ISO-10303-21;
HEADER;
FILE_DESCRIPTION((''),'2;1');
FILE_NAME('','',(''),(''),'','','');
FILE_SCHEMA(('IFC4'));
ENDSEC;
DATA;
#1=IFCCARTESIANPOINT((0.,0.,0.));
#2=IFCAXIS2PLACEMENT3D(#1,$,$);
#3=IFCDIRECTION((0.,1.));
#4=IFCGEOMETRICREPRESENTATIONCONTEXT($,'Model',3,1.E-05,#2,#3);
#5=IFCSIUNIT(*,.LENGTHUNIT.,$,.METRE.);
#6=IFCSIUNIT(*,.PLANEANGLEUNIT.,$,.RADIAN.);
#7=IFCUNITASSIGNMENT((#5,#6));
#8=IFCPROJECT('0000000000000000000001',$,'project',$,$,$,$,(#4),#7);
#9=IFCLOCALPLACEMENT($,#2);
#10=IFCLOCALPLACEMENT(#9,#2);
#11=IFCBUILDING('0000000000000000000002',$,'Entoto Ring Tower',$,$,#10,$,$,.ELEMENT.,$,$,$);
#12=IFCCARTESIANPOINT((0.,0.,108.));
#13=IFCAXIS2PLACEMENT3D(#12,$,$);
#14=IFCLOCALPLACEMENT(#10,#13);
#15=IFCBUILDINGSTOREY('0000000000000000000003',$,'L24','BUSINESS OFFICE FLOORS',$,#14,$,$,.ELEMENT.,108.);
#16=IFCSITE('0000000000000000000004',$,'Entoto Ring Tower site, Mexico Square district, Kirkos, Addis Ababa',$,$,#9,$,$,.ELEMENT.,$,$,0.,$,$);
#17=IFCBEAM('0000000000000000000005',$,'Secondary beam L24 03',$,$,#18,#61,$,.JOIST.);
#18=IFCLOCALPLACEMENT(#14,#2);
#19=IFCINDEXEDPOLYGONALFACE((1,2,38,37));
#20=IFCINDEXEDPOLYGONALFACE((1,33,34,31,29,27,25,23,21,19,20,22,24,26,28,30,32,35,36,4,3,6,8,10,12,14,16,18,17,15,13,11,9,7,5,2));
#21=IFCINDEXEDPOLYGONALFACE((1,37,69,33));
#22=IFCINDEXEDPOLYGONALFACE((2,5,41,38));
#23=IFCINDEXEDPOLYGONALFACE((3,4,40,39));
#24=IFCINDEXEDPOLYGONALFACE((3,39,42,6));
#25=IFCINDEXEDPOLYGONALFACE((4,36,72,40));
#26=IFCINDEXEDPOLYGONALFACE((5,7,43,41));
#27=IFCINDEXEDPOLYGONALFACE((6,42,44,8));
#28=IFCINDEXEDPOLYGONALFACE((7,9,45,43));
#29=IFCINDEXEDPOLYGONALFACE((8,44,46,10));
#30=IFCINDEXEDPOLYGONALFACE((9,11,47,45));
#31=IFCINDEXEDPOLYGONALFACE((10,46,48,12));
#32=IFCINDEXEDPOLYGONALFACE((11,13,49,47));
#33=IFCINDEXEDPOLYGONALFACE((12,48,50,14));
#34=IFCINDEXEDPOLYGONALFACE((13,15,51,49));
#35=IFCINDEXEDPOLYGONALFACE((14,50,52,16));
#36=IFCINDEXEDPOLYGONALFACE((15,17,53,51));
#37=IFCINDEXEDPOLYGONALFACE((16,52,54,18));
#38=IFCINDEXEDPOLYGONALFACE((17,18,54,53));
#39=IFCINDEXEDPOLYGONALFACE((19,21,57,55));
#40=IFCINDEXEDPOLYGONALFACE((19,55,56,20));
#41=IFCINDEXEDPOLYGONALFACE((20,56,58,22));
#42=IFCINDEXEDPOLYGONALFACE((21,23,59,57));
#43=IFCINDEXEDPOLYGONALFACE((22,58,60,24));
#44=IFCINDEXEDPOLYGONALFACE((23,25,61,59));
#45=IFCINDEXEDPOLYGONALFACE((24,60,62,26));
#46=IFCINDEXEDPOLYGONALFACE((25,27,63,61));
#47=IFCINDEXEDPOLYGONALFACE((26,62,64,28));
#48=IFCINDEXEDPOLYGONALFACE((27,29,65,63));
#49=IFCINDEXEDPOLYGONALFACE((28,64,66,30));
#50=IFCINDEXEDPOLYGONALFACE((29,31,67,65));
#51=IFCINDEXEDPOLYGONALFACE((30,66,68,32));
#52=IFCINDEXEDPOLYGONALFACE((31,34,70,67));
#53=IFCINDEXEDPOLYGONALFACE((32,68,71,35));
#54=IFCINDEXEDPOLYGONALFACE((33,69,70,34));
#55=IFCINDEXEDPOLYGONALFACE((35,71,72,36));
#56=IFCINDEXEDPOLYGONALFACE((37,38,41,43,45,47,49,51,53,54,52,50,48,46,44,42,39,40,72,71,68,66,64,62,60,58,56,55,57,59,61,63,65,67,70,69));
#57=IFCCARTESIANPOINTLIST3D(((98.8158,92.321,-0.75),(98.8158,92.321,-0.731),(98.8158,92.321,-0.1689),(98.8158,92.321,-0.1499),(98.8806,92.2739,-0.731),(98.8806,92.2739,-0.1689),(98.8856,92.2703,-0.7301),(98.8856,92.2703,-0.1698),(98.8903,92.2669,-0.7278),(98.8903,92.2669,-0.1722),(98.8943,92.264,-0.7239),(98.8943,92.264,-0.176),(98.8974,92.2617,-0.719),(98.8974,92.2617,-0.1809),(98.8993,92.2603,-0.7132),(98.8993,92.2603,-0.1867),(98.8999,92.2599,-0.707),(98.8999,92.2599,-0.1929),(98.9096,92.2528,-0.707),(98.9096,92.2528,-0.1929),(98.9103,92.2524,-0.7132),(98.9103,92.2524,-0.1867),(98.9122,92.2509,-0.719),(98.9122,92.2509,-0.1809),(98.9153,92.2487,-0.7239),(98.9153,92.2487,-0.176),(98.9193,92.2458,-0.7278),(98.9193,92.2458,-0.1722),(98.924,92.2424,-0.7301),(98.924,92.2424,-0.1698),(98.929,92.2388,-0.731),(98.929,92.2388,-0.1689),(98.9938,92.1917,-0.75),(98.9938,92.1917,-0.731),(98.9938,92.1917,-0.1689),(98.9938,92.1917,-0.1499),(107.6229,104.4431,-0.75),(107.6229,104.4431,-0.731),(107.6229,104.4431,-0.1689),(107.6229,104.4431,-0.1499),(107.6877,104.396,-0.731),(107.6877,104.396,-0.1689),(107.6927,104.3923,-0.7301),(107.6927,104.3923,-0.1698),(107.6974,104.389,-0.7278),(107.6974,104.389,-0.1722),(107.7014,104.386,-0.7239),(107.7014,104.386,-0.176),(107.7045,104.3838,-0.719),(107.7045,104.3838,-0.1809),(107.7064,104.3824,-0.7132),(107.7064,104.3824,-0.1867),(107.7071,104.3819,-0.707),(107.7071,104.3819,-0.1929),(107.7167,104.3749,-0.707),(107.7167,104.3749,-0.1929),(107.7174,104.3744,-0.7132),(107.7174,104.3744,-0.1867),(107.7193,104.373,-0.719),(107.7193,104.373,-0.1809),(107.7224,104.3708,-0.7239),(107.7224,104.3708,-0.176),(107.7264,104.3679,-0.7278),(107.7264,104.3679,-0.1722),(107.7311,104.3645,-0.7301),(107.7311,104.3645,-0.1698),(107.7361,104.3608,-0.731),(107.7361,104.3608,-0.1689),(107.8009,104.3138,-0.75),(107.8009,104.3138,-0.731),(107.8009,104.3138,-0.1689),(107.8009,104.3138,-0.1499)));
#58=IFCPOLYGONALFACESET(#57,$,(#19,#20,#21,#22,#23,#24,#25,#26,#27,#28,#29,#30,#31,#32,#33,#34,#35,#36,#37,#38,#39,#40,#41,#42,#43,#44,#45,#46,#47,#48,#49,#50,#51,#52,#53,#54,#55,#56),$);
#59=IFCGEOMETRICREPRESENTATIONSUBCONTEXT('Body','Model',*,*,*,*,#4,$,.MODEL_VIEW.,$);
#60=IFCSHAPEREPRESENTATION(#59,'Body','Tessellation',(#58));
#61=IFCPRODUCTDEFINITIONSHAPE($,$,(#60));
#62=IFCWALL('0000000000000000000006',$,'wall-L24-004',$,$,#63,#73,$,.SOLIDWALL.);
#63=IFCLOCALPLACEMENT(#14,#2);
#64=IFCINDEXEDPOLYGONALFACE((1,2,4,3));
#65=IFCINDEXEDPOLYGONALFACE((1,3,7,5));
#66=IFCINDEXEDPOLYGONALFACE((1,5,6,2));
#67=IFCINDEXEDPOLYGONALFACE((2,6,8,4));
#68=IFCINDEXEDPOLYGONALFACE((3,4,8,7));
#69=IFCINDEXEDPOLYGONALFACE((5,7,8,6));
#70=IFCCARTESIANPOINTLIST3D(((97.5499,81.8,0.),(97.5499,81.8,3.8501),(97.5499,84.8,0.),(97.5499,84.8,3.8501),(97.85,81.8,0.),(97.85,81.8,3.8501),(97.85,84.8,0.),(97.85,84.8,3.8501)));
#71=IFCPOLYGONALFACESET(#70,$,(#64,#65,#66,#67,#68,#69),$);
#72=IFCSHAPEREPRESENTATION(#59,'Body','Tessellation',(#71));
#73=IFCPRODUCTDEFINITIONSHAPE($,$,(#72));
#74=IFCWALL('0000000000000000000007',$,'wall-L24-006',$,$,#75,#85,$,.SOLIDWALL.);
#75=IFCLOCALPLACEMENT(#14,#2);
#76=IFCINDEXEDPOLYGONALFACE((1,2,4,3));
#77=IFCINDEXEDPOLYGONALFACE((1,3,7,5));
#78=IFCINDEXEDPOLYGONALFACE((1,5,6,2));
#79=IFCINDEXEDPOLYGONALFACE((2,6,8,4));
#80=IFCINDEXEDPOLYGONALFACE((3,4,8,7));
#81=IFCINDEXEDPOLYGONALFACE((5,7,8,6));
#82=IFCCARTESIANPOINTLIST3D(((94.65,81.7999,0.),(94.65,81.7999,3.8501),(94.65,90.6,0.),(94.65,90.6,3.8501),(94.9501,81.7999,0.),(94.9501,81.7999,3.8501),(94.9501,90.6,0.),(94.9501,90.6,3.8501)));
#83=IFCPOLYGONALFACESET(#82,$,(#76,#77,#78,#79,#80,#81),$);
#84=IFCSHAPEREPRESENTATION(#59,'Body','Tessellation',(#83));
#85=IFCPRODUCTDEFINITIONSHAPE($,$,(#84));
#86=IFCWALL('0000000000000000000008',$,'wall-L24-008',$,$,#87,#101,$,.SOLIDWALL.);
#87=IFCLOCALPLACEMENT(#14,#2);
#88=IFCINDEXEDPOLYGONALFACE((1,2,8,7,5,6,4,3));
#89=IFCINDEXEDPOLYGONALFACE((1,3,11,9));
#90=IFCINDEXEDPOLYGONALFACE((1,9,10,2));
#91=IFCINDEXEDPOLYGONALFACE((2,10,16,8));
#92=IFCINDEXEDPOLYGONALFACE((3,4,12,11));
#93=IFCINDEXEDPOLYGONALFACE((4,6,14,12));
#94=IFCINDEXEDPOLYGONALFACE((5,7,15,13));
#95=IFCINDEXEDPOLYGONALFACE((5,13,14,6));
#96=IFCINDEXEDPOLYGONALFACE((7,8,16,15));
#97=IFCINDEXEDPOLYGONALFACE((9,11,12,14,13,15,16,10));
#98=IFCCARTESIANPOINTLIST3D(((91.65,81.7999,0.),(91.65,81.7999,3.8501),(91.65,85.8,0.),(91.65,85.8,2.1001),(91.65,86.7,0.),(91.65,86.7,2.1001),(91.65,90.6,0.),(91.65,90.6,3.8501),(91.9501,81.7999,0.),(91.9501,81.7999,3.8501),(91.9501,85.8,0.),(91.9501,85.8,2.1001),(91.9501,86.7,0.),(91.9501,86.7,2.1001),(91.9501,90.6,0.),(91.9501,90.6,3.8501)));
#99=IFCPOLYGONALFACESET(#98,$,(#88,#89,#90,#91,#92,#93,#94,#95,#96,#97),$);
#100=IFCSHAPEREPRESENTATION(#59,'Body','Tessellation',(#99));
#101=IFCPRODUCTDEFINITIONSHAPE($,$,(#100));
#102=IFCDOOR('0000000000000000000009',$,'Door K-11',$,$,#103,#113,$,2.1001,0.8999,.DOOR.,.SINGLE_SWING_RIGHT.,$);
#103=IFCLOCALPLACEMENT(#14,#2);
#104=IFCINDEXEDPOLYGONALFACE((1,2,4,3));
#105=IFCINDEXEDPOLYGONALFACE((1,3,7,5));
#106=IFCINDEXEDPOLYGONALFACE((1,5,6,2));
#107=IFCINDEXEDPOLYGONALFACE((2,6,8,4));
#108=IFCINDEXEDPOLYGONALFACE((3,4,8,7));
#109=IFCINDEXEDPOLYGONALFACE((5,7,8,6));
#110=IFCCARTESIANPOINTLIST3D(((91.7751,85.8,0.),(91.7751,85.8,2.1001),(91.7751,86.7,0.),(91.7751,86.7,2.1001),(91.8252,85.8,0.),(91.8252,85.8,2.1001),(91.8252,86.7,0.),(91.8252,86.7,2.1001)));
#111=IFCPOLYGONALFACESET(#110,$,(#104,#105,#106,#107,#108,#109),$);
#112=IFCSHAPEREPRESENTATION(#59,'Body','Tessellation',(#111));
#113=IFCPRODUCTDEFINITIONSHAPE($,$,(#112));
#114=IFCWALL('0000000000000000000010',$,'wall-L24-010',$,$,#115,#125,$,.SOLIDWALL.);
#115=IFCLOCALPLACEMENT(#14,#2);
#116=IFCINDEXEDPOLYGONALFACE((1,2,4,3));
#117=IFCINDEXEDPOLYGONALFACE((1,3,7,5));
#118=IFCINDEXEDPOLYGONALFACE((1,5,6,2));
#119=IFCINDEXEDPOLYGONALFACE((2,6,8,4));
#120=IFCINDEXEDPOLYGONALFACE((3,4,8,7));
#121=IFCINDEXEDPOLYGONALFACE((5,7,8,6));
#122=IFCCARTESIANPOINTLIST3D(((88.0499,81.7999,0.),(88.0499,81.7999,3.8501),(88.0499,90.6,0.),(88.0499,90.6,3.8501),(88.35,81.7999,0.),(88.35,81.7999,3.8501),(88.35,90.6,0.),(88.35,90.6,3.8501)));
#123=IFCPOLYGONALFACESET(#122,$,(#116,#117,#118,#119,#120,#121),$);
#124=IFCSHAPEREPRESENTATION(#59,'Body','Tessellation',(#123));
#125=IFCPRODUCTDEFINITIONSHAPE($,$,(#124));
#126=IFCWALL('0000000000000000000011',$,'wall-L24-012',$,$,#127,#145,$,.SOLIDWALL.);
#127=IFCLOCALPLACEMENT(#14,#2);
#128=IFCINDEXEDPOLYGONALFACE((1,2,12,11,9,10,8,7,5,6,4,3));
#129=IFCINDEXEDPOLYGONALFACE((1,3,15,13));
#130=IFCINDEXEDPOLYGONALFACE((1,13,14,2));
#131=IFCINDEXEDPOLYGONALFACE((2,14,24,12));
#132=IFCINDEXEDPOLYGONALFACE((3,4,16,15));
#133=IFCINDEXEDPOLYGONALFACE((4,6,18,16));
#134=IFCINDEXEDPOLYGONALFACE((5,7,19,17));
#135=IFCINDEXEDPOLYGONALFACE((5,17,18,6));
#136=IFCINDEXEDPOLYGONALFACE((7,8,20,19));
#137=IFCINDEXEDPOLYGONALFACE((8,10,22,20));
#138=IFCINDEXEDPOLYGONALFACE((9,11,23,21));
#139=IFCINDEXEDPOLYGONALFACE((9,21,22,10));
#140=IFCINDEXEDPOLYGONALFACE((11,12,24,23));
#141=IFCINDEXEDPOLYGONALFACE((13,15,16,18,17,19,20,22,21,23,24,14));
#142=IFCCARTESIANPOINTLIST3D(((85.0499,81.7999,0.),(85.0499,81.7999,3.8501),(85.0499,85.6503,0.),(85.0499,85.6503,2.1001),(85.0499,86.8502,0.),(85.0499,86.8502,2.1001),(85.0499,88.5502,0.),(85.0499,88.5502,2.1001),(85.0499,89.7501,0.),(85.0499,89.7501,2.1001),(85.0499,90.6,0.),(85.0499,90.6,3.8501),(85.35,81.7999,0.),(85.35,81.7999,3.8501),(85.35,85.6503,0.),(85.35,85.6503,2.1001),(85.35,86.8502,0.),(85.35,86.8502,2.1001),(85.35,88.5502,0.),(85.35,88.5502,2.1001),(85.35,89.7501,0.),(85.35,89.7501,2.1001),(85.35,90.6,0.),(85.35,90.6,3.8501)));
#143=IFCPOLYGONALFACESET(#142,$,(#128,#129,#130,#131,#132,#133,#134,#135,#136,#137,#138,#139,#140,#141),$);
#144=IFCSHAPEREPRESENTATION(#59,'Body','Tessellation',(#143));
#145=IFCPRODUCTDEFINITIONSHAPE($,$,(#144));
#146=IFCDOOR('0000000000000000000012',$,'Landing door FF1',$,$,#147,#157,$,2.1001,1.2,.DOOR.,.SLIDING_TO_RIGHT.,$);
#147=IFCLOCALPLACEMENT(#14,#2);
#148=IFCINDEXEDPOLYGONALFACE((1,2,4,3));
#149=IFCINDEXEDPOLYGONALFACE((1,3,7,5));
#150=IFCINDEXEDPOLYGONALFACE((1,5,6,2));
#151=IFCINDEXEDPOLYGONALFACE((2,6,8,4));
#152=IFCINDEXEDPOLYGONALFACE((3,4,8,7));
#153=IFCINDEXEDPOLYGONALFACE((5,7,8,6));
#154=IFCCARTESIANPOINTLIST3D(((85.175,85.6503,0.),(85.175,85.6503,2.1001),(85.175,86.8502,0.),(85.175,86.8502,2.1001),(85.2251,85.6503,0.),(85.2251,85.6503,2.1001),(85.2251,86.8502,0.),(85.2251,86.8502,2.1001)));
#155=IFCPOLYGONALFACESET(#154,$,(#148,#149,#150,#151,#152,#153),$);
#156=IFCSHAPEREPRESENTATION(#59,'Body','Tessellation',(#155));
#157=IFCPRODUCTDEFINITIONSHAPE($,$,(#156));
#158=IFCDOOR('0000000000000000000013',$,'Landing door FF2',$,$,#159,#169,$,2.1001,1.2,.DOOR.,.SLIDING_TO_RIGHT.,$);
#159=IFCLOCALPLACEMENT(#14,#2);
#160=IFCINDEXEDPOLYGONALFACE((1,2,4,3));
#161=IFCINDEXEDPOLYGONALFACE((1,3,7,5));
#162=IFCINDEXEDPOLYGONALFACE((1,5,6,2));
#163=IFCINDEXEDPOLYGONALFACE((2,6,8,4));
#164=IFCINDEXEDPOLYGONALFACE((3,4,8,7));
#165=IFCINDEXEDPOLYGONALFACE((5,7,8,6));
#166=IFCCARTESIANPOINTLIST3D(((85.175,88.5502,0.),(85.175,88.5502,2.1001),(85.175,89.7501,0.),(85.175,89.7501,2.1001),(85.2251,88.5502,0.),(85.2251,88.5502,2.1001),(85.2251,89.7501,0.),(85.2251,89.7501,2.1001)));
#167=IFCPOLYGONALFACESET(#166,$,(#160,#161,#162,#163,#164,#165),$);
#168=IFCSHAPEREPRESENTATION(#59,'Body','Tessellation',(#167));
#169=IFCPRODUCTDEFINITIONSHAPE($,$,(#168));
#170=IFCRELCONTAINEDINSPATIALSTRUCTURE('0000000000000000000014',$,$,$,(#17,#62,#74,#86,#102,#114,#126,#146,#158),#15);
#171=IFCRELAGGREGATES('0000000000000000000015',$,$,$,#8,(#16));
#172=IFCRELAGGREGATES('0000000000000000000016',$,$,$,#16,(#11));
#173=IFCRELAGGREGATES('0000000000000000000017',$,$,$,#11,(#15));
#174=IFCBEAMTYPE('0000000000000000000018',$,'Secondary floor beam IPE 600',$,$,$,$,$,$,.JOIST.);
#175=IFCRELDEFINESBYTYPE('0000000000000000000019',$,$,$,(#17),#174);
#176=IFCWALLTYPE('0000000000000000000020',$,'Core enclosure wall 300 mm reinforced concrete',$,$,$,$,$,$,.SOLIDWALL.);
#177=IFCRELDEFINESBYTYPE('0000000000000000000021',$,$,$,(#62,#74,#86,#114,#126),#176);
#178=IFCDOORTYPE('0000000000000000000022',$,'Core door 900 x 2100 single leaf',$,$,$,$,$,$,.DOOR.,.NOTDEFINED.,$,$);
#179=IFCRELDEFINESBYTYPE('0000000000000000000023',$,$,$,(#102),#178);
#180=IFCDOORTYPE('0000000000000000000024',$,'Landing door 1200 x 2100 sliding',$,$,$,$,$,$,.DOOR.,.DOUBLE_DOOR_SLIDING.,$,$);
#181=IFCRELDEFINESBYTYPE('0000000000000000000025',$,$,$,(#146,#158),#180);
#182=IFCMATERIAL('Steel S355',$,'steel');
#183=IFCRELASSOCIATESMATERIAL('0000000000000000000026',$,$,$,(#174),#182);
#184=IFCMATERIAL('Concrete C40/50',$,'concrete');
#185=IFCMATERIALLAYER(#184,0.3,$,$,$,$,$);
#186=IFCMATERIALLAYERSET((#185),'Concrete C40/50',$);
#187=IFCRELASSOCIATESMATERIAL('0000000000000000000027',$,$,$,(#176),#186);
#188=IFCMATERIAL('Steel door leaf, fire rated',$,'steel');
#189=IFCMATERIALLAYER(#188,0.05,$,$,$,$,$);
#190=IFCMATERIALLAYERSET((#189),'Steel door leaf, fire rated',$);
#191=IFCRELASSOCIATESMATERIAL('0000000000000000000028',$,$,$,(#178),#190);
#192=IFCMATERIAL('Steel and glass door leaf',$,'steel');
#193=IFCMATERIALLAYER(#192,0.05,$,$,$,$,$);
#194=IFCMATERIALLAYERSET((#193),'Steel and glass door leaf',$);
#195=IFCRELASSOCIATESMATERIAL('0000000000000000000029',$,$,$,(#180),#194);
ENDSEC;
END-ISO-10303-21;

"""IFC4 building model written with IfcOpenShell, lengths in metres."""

from ifc_helpers import new_model, si_unit, direction, frame, frame_2d, origin, origin_2d, place, context, subcontext, project, spatial, rectangle, i_section, extrude, material, layer, layer_set, material_profile, profile_set, type_object, element, fill, save


model = new_model("IFC4")

# Units and contexts
model_context = context("Model", 3, precision=1e-05, world=origin(), true_north=direction((0.0, 1.0)))
body_context = subcontext(model_context, "Body", "Model", "MODEL_VIEW")
ifc_project = project(units=[si_unit("LENGTHUNIT", "METRE"), si_unit("PLANEANGLEUNIT", "RADIAN")], contexts=[model_context])

# Site, building, storey
site_placement = place(None, origin())
site = spatial("IfcSite", under=ifc_project, at=site_placement, Name="Entoto Ring Tower site, Mexico Square district, Kirkos, Addis Ababa", CompositionType="ELEMENT", RefElevation=0.0)
building_placement = place(site_placement, origin())
building = spatial("IfcBuilding", under=site, at=building_placement, Name="Entoto Ring Tower", CompositionType="ELEMENT")
storey_placement = place(building_placement, frame((0.0, 0.0, 108.0)))
storey = spatial("IfcBuildingStorey", under=building, at=storey_placement, Name="L24", Description="BUSINESS OFFICE FLOORS", CompositionType="ELEMENT", Elevation=108.0)

# Beam
ifc_material_1 = material(Name="Steel S355", Category="steel")
ifc_material_profile = material_profile(ifc_material_1, i_section(OverallWidth=0.22, OverallDepth=0.6001, WebThickness=0.012, FlangeThickness=0.019, FilletRadius=0.0239, at=origin_2d()), Name="IPE 600")
ifc_profile_set = profile_set([ifc_material_profile], Name="Steel S355")
beam_type = type_object("IfcBeamType", Name="Secondary floor beam IPE 600", PredefinedType="JOIST", material=ifc_profile_set)
beam_placement = place(storey_placement, frame((98.9048, 92.2563, -0.45), z_axis=(0.587782, 0.809019, 0.0), x_axis=(-0.809019, 0.587782, 0.0)))
element("IfcBeam", 1, at=beam_placement, inside=storey, type_object=beam_type, Name="Secondary beam L24 03", PredefinedType="JOIST", context=body_context, shape_type="SweptSolid", body=[
    extrude(i_section(OverallWidth=0.22, OverallDepth=0.6001, WebThickness=0.012, FlangeThickness=0.019, FilletRadius=0.0239, at=origin_2d()), origin(), (0.0, 0.0, 1.0), 14.9836),
])

# Walls
ifc_material_2 = material(Name="Concrete C40/50", Category="concrete")
ifc_layer_1 = layer(ifc_material_2, 0.3)
ifc_layer_set_1 = layer_set([ifc_layer_1], Name="Concrete C40/50")
wall_type = type_object("IfcWallType", Name="Core enclosure wall 300 mm reinforced concrete", PredefinedType="SOLIDWALL", material=ifc_layer_set_1)
wall_1_placement = place(storey_placement, frame((97.7, 81.8, 0.0), z_axis=(0.0, 0.0, 1.0), x_axis=(0.0, 1.0, 0.0)))
element("IfcWall", 2, at=wall_1_placement, inside=storey, type_object=wall_type, Name="wall-L24-004", PredefinedType="SOLIDWALL", context=body_context, shape_type="SweptSolid", body=[
    extrude(rectangle(XDim=3.0, YDim=0.3, at=frame_2d((1.5, 0.0))), origin(), (0.0, 0.0, 1.0), 3.8501),
])
wall_2_placement = place(storey_placement, frame((94.8, 81.8, 0.0), z_axis=(0.0, 0.0, 1.0), x_axis=(0.0, 1.0, 0.0)))
element("IfcWall", 3, at=wall_2_placement, inside=storey, type_object=wall_type, Name="wall-L24-006", PredefinedType="SOLIDWALL", context=body_context, shape_type="SweptSolid", body=[
    extrude(rectangle(XDim=8.8, YDim=0.3, at=frame_2d((4.3999, 0.0))), origin(), (0.0, 0.0, 1.0), 3.8501),
])

# Wall, opening, door
wall_3_placement = place(storey_placement, frame((91.8, 81.8, 0.0), z_axis=(0.0, 0.0, 1.0), x_axis=(0.0, 1.0, 0.0)))
wall_3 = element("IfcWall", 4, at=wall_3_placement, inside=storey, type_object=wall_type, Name="wall-L24-008", PredefinedType="SOLIDWALL", context=body_context, shape_type="SweptSolid", body=[
    extrude(rectangle(XDim=8.8, YDim=0.3, at=frame_2d((4.3999, 0.0))), origin(), (0.0, 0.0, 1.0), 3.8501),
])
opening_1_placement = place(wall_3_placement, frame((4.0, 0.0, 0.0)))
opening_1 = element("IfcOpeningElement", 5, at=opening_1_placement, cuts=wall_3, PredefinedType="OPENING", context=body_context, shape_type="SweptSolid", body=[
    extrude(rectangle(XDim=0.8999, YDim=2.1001, at=frame_2d((0.45, 1.05))), frame((0.0, 0.1602, 0.0), z_axis=(0.0, -1.0, 0.0), x_axis=(1.0, 0.0, 0.0)), (0.0, 0.0, 1.0), 0.3201),
])
ifc_material_3 = material(Name="Steel door leaf, fire rated", Category="steel")
ifc_layer_2 = layer(ifc_material_3, 0.05)
ifc_layer_set_2 = layer_set([ifc_layer_2], Name="Steel door leaf, fire rated")
door_type_1 = type_object("IfcDoorType", Name="Core door 900 x 2100 single leaf", OperationType="NOTDEFINED", PredefinedType="DOOR", material=ifc_layer_set_2)
door_1_placement = place(opening_1_placement, origin())
door_1 = element("IfcDoor", 6, at=door_1_placement, inside=storey, type_object=door_type_1, Name="Door K-11", OperationType="SINGLE_SWING_RIGHT", OverallHeight=2.1001, OverallWidth=0.8999, PredefinedType="DOOR", context=body_context, shape_type="SweptSolid", body=[
    extrude(rectangle(XDim=0.8999, YDim=2.1001, at=frame_2d((0.45, 1.05))), frame((0.0, 0.0249, 0.0), z_axis=(0.0, -1.0, 0.0), x_axis=(1.0, 0.0, 0.0)), (0.0, 0.0, 1.0), 0.05),
])
fill(opening_1, door_1)

# Wall
wall_4_placement = place(storey_placement, frame((88.2, 81.8, 0.0), z_axis=(0.0, 0.0, 1.0), x_axis=(0.0, 1.0, 0.0)))
element("IfcWall", 7, at=wall_4_placement, inside=storey, type_object=wall_type, Name="wall-L24-010", PredefinedType="SOLIDWALL", context=body_context, shape_type="SweptSolid", body=[
    extrude(rectangle(XDim=8.8, YDim=0.3, at=frame_2d((4.3999, 0.0))), origin(), (0.0, 0.0, 1.0), 3.8501),
])

# Wall, openings, doors
wall_5_placement = place(storey_placement, frame((85.2, 81.8, 0.0), z_axis=(0.0, 0.0, 1.0), x_axis=(0.0, 1.0, 0.0)))
wall_5 = element("IfcWall", 8, at=wall_5_placement, inside=storey, type_object=wall_type, Name="wall-L24-012", PredefinedType="SOLIDWALL", context=body_context, shape_type="SweptSolid", body=[
    extrude(rectangle(XDim=8.8, YDim=0.3, at=frame_2d((4.3999, 0.0))), origin(), (0.0, 0.0, 1.0), 3.8501),
])
opening_2_placement = place(wall_5_placement, frame((3.8501, 0.0, 0.0)))
opening_2 = element("IfcOpeningElement", 9, at=opening_2_placement, cuts=wall_5, PredefinedType="OPENING", context=body_context, shape_type="SweptSolid", body=[
    extrude(rectangle(XDim=1.2, YDim=2.1001, at=frame_2d((0.6001, 1.05))), frame((0.0, 0.1602, 0.0), z_axis=(0.0, -1.0, 0.0), x_axis=(1.0, 0.0, 0.0)), (0.0, 0.0, 1.0), 0.3201),
])
opening_3_placement = place(wall_5_placement, frame((6.75, 0.0, 0.0)))
opening_3 = element("IfcOpeningElement", 10, at=opening_3_placement, cuts=wall_5, PredefinedType="OPENING", context=body_context, shape_type="SweptSolid", body=[
    extrude(rectangle(XDim=1.2, YDim=2.1001, at=frame_2d((0.6001, 1.05))), frame((0.0, 0.1602, 0.0), z_axis=(0.0, -1.0, 0.0), x_axis=(1.0, 0.0, 0.0)), (0.0, 0.0, 1.0), 0.3201),
])
ifc_material_4 = material(Name="Steel and glass door leaf", Category="steel")
ifc_layer_3 = layer(ifc_material_4, 0.05)
ifc_layer_set_3 = layer_set([ifc_layer_3], Name="Steel and glass door leaf")
door_type_2 = type_object("IfcDoorType", Name="Landing door 1200 x 2100 sliding", OperationType="DOUBLE_DOOR_SLIDING", PredefinedType="DOOR", material=ifc_layer_set_3)
door_2_placement = place(opening_2_placement, origin())
door_2 = element("IfcDoor", 11, at=door_2_placement, inside=storey, type_object=door_type_2, Name="Landing door FF1", OperationType="SLIDING_TO_RIGHT", OverallHeight=2.1001, OverallWidth=1.2, PredefinedType="DOOR", context=body_context, shape_type="SweptSolid", body=[
    extrude(rectangle(XDim=1.2, YDim=2.1001, at=frame_2d((0.6001, 1.05))), frame((0.0, 0.0249, 0.0), z_axis=(0.0, -1.0, 0.0), x_axis=(1.0, 0.0, 0.0)), (0.0, 0.0, 1.0), 0.05),
])
fill(opening_2, door_2)
door_3_placement = place(opening_3_placement, origin())
door_3 = element("IfcDoor", 12, at=door_3_placement, inside=storey, type_object=door_type_2, Name="Landing door FF2", OperationType="SLIDING_TO_RIGHT", OverallHeight=2.1001, OverallWidth=1.2, PredefinedType="DOOR", context=body_context, shape_type="SweptSolid", body=[
    extrude(rectangle(XDim=1.2, YDim=2.1001, at=frame_2d((0.6001, 1.05))), frame((0.0, 0.0249, 0.0), z_axis=(0.0, -1.0, 0.0), x_axis=(1.0, 0.0, 0.0)), (0.0, 0.0, 1.0), 0.05),
])
fill(opening_3, door_3)

save(model, "model.ifc")
